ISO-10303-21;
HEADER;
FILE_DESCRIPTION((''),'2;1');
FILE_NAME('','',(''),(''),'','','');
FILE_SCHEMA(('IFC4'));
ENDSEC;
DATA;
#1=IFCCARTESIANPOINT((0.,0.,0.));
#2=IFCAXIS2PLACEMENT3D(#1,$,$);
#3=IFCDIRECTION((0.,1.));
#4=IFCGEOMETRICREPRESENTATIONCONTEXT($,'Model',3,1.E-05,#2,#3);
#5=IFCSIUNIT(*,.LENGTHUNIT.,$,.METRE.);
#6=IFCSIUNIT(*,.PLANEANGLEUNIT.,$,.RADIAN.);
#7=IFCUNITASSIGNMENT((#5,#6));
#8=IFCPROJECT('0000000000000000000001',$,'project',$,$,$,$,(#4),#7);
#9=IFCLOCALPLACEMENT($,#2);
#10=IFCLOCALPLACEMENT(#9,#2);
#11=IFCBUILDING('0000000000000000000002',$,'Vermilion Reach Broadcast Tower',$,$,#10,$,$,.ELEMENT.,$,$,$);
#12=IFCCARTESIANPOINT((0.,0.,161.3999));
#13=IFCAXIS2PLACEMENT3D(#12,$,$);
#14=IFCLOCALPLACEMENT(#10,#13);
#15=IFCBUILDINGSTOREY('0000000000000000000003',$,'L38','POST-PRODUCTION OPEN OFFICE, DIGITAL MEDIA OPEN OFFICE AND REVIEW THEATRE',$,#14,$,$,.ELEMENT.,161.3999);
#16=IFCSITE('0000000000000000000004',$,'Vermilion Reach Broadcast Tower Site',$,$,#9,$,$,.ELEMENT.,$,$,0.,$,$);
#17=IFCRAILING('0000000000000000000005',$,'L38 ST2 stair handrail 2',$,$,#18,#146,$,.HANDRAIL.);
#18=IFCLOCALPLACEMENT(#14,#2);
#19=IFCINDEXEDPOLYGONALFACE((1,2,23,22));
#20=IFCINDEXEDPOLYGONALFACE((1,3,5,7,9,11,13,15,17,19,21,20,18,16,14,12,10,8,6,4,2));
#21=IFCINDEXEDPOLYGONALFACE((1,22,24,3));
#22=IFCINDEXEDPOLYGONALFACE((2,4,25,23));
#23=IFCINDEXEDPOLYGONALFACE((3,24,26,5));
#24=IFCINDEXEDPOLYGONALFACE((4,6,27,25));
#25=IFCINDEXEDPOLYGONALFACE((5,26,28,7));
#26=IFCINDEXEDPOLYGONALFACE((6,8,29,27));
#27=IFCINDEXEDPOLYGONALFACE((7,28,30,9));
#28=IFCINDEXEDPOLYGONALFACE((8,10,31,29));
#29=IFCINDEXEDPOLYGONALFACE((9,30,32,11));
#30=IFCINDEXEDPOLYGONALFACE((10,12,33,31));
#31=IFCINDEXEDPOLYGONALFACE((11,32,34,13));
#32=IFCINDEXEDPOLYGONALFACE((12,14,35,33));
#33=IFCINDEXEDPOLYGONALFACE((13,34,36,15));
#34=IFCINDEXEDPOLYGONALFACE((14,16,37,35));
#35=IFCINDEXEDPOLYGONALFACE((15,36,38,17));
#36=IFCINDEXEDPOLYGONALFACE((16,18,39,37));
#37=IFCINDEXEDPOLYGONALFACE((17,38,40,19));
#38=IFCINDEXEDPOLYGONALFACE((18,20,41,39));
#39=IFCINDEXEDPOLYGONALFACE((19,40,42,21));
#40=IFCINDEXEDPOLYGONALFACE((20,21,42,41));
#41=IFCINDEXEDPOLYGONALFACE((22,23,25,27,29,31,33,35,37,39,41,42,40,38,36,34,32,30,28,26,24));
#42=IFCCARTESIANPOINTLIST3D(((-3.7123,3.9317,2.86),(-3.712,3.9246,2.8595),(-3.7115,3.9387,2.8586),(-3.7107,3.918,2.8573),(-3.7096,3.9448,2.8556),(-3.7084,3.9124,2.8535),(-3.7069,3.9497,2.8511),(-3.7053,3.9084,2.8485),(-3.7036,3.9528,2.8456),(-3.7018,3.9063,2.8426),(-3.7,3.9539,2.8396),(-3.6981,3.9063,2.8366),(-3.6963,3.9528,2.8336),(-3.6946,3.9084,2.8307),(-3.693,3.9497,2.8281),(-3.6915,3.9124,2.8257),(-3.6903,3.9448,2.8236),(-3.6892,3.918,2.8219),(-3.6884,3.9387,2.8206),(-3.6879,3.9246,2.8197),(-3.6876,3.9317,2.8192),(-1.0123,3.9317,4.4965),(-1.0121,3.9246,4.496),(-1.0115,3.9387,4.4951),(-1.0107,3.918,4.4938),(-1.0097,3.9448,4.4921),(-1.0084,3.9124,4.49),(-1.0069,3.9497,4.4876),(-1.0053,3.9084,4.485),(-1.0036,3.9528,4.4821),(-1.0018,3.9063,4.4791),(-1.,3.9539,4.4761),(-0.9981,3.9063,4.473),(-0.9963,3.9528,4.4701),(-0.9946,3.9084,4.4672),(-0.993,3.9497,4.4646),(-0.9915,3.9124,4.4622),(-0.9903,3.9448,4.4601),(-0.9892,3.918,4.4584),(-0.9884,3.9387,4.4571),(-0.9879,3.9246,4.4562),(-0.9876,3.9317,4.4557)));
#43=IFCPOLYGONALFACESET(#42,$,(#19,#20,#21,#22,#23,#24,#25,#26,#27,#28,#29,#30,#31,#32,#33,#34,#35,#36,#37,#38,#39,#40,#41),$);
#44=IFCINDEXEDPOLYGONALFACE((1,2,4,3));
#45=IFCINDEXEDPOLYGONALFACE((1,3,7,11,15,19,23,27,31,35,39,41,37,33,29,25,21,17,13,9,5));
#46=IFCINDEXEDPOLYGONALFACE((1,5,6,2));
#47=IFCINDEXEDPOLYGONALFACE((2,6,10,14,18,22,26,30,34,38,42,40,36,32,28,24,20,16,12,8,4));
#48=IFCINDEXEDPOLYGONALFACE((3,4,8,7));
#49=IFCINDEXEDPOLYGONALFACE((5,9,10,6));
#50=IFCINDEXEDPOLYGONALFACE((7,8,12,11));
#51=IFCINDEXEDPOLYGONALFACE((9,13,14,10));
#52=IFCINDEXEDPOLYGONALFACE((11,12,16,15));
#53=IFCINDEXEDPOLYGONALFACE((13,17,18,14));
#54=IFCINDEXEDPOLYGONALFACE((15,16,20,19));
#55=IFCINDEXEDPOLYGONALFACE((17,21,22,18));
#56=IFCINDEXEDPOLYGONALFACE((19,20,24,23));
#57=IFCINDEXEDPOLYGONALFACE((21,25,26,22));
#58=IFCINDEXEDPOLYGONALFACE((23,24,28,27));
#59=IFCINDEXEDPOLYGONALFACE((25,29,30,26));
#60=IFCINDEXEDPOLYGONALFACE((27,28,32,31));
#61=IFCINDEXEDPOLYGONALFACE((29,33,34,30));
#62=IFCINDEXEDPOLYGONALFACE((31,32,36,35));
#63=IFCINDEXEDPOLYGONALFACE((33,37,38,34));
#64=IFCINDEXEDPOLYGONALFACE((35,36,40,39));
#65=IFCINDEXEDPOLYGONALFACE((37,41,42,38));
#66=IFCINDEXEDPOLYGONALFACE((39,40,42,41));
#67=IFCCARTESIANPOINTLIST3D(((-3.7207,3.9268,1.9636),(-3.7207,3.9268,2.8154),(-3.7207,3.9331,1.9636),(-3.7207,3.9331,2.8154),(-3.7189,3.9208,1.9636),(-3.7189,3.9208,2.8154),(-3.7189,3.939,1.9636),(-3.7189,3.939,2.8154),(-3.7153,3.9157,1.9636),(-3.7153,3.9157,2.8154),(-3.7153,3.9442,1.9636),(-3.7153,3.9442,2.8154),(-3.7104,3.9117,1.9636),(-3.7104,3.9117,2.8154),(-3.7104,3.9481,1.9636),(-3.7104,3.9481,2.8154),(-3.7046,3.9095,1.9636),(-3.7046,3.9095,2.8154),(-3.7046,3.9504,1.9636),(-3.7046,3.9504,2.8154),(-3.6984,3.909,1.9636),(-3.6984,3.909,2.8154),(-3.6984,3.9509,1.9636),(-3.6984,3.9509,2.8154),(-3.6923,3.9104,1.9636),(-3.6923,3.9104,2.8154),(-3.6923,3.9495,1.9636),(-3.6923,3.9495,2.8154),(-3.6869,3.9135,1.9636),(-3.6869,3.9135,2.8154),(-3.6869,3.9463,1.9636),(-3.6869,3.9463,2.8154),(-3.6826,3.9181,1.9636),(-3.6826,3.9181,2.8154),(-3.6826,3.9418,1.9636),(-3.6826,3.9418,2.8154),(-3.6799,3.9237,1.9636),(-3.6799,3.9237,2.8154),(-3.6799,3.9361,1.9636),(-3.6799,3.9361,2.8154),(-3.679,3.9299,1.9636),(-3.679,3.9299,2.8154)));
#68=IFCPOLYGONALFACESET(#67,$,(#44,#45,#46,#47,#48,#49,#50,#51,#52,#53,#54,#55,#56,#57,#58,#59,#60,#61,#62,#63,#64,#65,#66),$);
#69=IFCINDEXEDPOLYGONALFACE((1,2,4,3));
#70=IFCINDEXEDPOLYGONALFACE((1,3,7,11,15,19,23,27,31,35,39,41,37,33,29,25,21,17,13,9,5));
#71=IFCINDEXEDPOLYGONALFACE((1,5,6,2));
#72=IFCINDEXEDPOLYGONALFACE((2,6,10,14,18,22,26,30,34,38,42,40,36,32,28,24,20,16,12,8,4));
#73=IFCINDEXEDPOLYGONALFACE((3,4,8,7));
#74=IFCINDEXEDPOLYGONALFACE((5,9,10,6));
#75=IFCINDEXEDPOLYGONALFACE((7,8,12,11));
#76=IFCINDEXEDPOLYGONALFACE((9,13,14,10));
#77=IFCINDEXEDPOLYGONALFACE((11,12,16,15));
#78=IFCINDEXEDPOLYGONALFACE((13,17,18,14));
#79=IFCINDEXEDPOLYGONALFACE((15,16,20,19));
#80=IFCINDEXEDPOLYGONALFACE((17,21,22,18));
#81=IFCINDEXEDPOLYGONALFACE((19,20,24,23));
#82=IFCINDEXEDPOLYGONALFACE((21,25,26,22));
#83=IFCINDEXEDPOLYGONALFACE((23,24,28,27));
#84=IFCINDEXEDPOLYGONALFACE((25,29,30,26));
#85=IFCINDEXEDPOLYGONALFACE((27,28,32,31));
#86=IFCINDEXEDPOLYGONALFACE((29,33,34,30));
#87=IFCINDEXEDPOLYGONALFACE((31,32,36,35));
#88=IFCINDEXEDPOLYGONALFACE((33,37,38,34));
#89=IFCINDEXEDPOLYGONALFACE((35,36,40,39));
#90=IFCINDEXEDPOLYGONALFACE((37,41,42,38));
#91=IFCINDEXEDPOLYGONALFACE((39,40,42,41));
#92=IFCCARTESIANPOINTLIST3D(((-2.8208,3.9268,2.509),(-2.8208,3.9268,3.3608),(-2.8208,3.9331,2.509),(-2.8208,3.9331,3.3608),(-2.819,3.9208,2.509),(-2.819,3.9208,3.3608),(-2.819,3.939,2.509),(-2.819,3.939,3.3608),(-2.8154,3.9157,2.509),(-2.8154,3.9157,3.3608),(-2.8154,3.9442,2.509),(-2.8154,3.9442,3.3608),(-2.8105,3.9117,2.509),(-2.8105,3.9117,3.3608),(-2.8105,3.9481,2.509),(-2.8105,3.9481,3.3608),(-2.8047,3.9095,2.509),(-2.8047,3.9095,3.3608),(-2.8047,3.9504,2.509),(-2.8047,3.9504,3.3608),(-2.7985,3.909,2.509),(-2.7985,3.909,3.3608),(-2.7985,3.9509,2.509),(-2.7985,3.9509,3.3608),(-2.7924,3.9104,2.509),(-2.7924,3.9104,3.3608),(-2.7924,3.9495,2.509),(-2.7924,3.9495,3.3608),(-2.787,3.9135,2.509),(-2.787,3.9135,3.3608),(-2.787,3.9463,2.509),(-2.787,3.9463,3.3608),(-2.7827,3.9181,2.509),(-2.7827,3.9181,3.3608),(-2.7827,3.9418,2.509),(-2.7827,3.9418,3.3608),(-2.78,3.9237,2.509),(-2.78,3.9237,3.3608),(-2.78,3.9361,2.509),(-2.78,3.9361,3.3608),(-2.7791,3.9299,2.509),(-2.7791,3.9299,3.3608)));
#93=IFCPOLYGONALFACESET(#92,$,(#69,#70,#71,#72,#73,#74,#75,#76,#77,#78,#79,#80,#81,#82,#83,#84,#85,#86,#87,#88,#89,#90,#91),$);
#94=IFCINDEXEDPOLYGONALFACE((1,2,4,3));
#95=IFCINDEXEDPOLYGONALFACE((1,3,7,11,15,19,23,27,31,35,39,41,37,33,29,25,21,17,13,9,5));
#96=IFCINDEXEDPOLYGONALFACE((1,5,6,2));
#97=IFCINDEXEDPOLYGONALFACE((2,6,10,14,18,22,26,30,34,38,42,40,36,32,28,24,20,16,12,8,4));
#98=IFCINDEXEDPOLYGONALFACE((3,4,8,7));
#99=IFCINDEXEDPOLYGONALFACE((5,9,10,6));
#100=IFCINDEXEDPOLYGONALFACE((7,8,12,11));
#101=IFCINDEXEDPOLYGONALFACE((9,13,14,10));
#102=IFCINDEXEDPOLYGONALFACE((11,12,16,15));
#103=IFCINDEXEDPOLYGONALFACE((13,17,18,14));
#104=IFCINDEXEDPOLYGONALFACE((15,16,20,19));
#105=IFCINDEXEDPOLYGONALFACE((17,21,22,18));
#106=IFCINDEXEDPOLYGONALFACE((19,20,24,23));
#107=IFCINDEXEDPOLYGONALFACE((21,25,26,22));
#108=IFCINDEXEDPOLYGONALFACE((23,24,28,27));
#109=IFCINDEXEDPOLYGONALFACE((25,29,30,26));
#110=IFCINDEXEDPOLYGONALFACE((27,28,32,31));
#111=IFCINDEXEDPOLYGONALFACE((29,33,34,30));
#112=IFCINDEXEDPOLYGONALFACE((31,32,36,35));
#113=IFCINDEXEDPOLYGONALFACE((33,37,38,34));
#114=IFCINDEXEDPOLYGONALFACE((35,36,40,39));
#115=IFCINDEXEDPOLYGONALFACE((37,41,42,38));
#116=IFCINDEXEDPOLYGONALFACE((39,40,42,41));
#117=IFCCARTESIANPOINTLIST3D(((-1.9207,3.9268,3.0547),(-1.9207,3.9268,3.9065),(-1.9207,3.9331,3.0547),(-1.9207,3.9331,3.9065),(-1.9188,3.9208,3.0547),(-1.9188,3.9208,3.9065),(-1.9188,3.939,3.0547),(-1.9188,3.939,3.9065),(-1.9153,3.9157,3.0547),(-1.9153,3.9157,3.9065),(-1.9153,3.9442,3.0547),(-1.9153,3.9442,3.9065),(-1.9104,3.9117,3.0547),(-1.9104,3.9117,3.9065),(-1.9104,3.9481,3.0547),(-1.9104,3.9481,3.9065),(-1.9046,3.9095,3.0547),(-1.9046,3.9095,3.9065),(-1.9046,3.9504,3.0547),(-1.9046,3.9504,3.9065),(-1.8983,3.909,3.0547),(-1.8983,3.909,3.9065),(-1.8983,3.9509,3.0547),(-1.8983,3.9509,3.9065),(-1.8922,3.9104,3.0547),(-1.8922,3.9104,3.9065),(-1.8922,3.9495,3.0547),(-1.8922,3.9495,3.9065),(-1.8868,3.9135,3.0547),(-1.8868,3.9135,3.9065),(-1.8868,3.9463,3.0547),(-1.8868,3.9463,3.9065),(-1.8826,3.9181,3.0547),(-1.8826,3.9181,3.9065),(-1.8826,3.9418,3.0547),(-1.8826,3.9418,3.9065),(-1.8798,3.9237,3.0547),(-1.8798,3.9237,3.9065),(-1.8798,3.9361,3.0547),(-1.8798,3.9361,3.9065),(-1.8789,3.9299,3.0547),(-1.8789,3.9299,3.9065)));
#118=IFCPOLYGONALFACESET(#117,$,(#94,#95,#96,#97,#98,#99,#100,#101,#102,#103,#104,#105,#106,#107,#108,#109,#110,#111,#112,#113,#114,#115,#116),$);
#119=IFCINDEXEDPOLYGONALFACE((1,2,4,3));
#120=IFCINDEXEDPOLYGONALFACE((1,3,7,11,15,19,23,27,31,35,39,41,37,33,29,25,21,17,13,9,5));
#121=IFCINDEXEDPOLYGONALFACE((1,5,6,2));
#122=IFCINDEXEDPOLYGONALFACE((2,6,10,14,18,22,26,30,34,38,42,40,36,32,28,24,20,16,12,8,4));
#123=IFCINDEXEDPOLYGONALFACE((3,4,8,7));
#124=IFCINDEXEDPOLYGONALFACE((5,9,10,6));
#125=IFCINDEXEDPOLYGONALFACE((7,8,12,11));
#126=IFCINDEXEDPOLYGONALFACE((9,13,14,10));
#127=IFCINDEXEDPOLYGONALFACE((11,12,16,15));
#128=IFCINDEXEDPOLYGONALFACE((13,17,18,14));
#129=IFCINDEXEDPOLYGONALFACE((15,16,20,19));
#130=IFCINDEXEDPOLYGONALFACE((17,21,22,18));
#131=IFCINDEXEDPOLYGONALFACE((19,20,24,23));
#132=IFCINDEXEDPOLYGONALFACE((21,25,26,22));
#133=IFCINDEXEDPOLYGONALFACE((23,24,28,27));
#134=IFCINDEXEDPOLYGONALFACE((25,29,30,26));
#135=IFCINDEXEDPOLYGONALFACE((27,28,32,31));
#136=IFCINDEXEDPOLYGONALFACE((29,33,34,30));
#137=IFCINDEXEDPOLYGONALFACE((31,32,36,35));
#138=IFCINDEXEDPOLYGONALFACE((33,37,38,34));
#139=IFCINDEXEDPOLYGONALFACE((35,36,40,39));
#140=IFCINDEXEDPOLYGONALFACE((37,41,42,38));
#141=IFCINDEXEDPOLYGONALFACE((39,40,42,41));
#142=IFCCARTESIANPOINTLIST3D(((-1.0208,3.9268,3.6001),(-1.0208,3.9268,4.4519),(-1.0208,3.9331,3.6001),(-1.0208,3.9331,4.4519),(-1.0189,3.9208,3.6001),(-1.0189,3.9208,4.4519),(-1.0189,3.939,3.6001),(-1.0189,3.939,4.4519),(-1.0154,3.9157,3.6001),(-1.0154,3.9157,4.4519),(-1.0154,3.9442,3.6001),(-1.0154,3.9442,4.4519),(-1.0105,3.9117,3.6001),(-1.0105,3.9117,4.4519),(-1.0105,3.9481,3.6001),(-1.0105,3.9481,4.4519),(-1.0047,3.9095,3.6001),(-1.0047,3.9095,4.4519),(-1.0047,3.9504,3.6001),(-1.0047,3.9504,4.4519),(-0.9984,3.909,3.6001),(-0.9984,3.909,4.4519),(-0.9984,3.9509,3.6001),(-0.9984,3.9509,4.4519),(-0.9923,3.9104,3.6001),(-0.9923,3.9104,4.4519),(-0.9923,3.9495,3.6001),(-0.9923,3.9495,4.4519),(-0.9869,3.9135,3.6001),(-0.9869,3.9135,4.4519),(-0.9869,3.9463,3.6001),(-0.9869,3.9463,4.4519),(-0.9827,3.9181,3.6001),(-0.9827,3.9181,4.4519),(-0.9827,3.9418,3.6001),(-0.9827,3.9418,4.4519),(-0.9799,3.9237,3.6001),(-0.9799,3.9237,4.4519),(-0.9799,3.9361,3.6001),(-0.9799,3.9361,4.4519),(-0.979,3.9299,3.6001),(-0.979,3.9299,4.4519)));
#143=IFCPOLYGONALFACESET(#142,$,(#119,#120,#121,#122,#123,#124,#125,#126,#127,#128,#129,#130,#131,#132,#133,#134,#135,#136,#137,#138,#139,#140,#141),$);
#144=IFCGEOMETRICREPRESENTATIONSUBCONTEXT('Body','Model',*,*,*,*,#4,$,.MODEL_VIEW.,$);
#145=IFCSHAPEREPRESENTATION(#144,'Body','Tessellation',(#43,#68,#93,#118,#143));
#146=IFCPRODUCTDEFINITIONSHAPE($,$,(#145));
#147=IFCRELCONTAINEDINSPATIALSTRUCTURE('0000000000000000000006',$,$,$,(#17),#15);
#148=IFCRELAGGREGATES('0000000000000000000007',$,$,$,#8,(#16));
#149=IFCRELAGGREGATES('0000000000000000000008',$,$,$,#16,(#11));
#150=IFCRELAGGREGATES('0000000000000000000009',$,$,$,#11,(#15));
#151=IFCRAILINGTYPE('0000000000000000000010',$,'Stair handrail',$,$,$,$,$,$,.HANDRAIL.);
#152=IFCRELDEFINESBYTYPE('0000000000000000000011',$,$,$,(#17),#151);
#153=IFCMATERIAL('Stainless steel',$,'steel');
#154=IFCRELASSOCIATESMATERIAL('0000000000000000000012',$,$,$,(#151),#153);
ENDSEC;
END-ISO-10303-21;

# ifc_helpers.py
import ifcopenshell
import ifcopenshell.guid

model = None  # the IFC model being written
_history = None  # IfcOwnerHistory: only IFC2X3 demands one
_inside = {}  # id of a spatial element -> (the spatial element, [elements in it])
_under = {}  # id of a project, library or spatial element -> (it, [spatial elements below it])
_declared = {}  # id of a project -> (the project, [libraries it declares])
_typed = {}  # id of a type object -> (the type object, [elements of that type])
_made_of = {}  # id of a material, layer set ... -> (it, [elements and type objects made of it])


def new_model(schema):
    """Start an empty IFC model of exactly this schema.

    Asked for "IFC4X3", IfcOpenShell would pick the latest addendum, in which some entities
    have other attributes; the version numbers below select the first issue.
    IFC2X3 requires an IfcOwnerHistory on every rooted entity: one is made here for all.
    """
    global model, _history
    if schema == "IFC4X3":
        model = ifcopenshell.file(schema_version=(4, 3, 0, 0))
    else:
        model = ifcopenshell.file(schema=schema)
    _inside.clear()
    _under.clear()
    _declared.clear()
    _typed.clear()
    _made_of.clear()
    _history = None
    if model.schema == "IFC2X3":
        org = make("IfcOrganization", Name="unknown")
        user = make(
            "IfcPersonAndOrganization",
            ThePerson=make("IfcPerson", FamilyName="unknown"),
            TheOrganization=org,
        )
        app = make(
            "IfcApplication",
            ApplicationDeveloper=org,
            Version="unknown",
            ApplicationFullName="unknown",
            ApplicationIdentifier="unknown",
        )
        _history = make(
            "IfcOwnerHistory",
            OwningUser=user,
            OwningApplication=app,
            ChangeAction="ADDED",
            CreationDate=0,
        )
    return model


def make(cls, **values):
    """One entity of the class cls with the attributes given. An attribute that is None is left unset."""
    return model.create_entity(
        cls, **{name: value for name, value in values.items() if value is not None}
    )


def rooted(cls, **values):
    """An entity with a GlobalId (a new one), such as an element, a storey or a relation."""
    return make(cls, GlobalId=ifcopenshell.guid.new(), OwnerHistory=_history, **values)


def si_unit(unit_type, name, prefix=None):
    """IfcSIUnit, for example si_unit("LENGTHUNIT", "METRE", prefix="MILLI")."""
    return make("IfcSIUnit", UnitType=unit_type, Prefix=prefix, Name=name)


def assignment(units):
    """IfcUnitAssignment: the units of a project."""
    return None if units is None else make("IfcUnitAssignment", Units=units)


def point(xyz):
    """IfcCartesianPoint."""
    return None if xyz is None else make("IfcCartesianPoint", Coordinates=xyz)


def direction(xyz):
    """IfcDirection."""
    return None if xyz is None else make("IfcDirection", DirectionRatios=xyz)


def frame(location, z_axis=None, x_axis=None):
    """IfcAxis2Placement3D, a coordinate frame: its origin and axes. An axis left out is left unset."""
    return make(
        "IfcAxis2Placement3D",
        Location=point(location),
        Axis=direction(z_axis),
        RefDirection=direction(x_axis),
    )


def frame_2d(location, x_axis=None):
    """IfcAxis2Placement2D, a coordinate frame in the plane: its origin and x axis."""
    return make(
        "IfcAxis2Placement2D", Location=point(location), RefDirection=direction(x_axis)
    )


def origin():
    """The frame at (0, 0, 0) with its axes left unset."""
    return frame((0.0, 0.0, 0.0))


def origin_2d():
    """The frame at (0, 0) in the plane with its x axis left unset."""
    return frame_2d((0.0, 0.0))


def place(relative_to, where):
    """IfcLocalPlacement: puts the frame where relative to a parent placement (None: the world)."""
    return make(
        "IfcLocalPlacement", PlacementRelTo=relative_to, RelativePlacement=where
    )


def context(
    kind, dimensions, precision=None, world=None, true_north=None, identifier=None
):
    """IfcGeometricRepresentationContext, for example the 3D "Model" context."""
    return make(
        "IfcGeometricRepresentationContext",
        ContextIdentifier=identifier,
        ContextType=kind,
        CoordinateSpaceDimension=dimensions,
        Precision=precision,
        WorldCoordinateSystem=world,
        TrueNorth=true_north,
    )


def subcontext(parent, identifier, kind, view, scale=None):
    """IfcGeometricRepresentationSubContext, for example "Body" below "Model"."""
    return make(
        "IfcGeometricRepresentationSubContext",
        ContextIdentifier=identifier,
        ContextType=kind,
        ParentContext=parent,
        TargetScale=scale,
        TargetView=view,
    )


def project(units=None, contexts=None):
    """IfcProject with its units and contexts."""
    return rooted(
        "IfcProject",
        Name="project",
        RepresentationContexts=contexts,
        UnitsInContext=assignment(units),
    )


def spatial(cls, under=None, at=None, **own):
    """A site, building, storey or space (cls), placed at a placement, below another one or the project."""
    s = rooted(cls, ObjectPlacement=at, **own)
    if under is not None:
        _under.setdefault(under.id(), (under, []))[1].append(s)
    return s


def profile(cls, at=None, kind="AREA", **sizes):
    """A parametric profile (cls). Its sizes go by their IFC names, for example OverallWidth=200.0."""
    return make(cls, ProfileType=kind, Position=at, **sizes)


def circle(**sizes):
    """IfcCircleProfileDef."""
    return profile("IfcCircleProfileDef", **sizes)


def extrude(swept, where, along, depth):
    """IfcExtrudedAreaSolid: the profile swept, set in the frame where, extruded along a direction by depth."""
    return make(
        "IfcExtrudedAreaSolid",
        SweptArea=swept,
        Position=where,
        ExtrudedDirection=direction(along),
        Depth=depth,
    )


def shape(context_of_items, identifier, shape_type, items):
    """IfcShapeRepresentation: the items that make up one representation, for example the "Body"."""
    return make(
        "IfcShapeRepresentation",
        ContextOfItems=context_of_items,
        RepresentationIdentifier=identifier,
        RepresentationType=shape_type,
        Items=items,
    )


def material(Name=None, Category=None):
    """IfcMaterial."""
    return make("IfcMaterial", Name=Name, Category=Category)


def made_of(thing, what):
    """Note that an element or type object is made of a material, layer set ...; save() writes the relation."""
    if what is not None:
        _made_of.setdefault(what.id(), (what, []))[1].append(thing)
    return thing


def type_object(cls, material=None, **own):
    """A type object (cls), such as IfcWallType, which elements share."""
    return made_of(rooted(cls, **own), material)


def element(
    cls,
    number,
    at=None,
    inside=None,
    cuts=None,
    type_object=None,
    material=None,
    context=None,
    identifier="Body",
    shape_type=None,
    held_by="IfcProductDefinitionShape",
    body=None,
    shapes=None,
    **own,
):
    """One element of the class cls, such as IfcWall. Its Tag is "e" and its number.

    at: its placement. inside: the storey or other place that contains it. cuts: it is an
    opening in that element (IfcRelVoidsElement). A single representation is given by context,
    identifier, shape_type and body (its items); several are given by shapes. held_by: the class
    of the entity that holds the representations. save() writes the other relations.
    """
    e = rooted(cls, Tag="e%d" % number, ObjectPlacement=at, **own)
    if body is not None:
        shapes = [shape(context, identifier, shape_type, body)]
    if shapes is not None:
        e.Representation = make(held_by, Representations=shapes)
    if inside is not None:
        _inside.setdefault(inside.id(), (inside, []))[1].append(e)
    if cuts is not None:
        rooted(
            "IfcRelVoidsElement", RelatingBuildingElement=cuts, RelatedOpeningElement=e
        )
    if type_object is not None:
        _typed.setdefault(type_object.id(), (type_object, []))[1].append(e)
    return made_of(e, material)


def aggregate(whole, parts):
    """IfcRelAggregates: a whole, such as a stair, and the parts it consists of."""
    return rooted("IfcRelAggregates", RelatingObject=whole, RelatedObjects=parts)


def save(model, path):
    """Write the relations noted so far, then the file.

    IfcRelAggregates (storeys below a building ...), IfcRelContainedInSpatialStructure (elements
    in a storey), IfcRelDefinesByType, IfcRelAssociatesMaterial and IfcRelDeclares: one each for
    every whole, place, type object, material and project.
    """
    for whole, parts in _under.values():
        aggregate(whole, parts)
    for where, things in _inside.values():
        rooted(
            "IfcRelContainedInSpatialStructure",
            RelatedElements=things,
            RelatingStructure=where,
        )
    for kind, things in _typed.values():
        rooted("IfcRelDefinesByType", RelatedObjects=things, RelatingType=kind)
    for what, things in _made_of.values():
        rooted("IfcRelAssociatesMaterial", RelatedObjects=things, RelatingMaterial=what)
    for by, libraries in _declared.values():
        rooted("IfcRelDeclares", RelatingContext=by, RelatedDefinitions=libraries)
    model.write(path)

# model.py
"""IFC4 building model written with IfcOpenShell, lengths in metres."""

from ifc_helpers import new_model, si_unit, direction, frame, origin, origin_2d, place, context, subcontext, project, spatial, circle, extrude, material, type_object, element, save


model = new_model("IFC4")

# Units and contexts
model_context = context("Model", 3, precision=1e-05, world=origin(), true_north=direction((0.0, 1.0)))
body_context = subcontext(model_context, "Body", "Model", "MODEL_VIEW")
ifc_project = project(units=[si_unit("LENGTHUNIT", "METRE"), si_unit("PLANEANGLEUNIT", "RADIAN")], contexts=[model_context])

# Site, building, storey
site_placement = place(None, origin())
site = spatial("IfcSite", under=ifc_project, at=site_placement, Name="Vermilion Reach Broadcast Tower Site", CompositionType="ELEMENT", RefElevation=0.0)
building_placement = place(site_placement, origin())
building = spatial("IfcBuilding", under=site, at=building_placement, Name="Vermilion Reach Broadcast Tower", CompositionType="ELEMENT")
storey_placement = place(building_placement, frame((0.0, 0.0, 161.3999)))
storey = spatial("IfcBuildingStorey", under=building, at=storey_placement, Name="L38", Description="POST-PRODUCTION OPEN OFFICE, DIGITAL MEDIA OPEN OFFICE AND REVIEW THEATRE", CompositionType="ELEMENT", Elevation=161.3999)

# Railing
ifc_material_1 = material(Name="Stainless steel", Category="steel")
railing_type_1 = type_object("IfcRailingType", Name="Stair handrail", PredefinedType="HANDRAIL", material=ifc_material_1)
railing_1_placement = place(storey_placement, frame((-3.7, 3.9299, 1.9636)))
element("IfcRailing", 1, at=railing_1_placement, inside=storey, type_object=railing_type_1, Name="L38 ST2 stair handrail 2", PredefinedType="HANDRAIL", context=body_context, shape_type="SweptSolid", body=[
    extrude(circle(Radius=0.0239, at=origin_2d()), frame((0.0, 0.0, 0.876), z_axis=(0.855178, 0.0, 0.518334), x_axis=(0.0, 1.0, 0.0)), (0.0, 0.0, 1.0), 3.1572),
    extrude(circle(Radius=0.021, at=origin_2d()), origin(), (0.0, 0.0, 1.0), 0.8518),
    extrude(circle(Radius=0.021, at=origin_2d()), frame((0.8999, 0.0, 0.5454)), (0.0, 0.0, 1.0), 0.8518),
    extrude(circle(Radius=0.021, at=origin_2d()), frame((1.8, 0.0, 1.0911)), (0.0, 0.0, 1.0), 0.8518),
    extrude(circle(Radius=0.021, at=origin_2d()), frame((2.7, 0.0, 1.6365)), (0.0, 0.0, 1.0), 0.8518),
])

save(model, "model.ifc")
